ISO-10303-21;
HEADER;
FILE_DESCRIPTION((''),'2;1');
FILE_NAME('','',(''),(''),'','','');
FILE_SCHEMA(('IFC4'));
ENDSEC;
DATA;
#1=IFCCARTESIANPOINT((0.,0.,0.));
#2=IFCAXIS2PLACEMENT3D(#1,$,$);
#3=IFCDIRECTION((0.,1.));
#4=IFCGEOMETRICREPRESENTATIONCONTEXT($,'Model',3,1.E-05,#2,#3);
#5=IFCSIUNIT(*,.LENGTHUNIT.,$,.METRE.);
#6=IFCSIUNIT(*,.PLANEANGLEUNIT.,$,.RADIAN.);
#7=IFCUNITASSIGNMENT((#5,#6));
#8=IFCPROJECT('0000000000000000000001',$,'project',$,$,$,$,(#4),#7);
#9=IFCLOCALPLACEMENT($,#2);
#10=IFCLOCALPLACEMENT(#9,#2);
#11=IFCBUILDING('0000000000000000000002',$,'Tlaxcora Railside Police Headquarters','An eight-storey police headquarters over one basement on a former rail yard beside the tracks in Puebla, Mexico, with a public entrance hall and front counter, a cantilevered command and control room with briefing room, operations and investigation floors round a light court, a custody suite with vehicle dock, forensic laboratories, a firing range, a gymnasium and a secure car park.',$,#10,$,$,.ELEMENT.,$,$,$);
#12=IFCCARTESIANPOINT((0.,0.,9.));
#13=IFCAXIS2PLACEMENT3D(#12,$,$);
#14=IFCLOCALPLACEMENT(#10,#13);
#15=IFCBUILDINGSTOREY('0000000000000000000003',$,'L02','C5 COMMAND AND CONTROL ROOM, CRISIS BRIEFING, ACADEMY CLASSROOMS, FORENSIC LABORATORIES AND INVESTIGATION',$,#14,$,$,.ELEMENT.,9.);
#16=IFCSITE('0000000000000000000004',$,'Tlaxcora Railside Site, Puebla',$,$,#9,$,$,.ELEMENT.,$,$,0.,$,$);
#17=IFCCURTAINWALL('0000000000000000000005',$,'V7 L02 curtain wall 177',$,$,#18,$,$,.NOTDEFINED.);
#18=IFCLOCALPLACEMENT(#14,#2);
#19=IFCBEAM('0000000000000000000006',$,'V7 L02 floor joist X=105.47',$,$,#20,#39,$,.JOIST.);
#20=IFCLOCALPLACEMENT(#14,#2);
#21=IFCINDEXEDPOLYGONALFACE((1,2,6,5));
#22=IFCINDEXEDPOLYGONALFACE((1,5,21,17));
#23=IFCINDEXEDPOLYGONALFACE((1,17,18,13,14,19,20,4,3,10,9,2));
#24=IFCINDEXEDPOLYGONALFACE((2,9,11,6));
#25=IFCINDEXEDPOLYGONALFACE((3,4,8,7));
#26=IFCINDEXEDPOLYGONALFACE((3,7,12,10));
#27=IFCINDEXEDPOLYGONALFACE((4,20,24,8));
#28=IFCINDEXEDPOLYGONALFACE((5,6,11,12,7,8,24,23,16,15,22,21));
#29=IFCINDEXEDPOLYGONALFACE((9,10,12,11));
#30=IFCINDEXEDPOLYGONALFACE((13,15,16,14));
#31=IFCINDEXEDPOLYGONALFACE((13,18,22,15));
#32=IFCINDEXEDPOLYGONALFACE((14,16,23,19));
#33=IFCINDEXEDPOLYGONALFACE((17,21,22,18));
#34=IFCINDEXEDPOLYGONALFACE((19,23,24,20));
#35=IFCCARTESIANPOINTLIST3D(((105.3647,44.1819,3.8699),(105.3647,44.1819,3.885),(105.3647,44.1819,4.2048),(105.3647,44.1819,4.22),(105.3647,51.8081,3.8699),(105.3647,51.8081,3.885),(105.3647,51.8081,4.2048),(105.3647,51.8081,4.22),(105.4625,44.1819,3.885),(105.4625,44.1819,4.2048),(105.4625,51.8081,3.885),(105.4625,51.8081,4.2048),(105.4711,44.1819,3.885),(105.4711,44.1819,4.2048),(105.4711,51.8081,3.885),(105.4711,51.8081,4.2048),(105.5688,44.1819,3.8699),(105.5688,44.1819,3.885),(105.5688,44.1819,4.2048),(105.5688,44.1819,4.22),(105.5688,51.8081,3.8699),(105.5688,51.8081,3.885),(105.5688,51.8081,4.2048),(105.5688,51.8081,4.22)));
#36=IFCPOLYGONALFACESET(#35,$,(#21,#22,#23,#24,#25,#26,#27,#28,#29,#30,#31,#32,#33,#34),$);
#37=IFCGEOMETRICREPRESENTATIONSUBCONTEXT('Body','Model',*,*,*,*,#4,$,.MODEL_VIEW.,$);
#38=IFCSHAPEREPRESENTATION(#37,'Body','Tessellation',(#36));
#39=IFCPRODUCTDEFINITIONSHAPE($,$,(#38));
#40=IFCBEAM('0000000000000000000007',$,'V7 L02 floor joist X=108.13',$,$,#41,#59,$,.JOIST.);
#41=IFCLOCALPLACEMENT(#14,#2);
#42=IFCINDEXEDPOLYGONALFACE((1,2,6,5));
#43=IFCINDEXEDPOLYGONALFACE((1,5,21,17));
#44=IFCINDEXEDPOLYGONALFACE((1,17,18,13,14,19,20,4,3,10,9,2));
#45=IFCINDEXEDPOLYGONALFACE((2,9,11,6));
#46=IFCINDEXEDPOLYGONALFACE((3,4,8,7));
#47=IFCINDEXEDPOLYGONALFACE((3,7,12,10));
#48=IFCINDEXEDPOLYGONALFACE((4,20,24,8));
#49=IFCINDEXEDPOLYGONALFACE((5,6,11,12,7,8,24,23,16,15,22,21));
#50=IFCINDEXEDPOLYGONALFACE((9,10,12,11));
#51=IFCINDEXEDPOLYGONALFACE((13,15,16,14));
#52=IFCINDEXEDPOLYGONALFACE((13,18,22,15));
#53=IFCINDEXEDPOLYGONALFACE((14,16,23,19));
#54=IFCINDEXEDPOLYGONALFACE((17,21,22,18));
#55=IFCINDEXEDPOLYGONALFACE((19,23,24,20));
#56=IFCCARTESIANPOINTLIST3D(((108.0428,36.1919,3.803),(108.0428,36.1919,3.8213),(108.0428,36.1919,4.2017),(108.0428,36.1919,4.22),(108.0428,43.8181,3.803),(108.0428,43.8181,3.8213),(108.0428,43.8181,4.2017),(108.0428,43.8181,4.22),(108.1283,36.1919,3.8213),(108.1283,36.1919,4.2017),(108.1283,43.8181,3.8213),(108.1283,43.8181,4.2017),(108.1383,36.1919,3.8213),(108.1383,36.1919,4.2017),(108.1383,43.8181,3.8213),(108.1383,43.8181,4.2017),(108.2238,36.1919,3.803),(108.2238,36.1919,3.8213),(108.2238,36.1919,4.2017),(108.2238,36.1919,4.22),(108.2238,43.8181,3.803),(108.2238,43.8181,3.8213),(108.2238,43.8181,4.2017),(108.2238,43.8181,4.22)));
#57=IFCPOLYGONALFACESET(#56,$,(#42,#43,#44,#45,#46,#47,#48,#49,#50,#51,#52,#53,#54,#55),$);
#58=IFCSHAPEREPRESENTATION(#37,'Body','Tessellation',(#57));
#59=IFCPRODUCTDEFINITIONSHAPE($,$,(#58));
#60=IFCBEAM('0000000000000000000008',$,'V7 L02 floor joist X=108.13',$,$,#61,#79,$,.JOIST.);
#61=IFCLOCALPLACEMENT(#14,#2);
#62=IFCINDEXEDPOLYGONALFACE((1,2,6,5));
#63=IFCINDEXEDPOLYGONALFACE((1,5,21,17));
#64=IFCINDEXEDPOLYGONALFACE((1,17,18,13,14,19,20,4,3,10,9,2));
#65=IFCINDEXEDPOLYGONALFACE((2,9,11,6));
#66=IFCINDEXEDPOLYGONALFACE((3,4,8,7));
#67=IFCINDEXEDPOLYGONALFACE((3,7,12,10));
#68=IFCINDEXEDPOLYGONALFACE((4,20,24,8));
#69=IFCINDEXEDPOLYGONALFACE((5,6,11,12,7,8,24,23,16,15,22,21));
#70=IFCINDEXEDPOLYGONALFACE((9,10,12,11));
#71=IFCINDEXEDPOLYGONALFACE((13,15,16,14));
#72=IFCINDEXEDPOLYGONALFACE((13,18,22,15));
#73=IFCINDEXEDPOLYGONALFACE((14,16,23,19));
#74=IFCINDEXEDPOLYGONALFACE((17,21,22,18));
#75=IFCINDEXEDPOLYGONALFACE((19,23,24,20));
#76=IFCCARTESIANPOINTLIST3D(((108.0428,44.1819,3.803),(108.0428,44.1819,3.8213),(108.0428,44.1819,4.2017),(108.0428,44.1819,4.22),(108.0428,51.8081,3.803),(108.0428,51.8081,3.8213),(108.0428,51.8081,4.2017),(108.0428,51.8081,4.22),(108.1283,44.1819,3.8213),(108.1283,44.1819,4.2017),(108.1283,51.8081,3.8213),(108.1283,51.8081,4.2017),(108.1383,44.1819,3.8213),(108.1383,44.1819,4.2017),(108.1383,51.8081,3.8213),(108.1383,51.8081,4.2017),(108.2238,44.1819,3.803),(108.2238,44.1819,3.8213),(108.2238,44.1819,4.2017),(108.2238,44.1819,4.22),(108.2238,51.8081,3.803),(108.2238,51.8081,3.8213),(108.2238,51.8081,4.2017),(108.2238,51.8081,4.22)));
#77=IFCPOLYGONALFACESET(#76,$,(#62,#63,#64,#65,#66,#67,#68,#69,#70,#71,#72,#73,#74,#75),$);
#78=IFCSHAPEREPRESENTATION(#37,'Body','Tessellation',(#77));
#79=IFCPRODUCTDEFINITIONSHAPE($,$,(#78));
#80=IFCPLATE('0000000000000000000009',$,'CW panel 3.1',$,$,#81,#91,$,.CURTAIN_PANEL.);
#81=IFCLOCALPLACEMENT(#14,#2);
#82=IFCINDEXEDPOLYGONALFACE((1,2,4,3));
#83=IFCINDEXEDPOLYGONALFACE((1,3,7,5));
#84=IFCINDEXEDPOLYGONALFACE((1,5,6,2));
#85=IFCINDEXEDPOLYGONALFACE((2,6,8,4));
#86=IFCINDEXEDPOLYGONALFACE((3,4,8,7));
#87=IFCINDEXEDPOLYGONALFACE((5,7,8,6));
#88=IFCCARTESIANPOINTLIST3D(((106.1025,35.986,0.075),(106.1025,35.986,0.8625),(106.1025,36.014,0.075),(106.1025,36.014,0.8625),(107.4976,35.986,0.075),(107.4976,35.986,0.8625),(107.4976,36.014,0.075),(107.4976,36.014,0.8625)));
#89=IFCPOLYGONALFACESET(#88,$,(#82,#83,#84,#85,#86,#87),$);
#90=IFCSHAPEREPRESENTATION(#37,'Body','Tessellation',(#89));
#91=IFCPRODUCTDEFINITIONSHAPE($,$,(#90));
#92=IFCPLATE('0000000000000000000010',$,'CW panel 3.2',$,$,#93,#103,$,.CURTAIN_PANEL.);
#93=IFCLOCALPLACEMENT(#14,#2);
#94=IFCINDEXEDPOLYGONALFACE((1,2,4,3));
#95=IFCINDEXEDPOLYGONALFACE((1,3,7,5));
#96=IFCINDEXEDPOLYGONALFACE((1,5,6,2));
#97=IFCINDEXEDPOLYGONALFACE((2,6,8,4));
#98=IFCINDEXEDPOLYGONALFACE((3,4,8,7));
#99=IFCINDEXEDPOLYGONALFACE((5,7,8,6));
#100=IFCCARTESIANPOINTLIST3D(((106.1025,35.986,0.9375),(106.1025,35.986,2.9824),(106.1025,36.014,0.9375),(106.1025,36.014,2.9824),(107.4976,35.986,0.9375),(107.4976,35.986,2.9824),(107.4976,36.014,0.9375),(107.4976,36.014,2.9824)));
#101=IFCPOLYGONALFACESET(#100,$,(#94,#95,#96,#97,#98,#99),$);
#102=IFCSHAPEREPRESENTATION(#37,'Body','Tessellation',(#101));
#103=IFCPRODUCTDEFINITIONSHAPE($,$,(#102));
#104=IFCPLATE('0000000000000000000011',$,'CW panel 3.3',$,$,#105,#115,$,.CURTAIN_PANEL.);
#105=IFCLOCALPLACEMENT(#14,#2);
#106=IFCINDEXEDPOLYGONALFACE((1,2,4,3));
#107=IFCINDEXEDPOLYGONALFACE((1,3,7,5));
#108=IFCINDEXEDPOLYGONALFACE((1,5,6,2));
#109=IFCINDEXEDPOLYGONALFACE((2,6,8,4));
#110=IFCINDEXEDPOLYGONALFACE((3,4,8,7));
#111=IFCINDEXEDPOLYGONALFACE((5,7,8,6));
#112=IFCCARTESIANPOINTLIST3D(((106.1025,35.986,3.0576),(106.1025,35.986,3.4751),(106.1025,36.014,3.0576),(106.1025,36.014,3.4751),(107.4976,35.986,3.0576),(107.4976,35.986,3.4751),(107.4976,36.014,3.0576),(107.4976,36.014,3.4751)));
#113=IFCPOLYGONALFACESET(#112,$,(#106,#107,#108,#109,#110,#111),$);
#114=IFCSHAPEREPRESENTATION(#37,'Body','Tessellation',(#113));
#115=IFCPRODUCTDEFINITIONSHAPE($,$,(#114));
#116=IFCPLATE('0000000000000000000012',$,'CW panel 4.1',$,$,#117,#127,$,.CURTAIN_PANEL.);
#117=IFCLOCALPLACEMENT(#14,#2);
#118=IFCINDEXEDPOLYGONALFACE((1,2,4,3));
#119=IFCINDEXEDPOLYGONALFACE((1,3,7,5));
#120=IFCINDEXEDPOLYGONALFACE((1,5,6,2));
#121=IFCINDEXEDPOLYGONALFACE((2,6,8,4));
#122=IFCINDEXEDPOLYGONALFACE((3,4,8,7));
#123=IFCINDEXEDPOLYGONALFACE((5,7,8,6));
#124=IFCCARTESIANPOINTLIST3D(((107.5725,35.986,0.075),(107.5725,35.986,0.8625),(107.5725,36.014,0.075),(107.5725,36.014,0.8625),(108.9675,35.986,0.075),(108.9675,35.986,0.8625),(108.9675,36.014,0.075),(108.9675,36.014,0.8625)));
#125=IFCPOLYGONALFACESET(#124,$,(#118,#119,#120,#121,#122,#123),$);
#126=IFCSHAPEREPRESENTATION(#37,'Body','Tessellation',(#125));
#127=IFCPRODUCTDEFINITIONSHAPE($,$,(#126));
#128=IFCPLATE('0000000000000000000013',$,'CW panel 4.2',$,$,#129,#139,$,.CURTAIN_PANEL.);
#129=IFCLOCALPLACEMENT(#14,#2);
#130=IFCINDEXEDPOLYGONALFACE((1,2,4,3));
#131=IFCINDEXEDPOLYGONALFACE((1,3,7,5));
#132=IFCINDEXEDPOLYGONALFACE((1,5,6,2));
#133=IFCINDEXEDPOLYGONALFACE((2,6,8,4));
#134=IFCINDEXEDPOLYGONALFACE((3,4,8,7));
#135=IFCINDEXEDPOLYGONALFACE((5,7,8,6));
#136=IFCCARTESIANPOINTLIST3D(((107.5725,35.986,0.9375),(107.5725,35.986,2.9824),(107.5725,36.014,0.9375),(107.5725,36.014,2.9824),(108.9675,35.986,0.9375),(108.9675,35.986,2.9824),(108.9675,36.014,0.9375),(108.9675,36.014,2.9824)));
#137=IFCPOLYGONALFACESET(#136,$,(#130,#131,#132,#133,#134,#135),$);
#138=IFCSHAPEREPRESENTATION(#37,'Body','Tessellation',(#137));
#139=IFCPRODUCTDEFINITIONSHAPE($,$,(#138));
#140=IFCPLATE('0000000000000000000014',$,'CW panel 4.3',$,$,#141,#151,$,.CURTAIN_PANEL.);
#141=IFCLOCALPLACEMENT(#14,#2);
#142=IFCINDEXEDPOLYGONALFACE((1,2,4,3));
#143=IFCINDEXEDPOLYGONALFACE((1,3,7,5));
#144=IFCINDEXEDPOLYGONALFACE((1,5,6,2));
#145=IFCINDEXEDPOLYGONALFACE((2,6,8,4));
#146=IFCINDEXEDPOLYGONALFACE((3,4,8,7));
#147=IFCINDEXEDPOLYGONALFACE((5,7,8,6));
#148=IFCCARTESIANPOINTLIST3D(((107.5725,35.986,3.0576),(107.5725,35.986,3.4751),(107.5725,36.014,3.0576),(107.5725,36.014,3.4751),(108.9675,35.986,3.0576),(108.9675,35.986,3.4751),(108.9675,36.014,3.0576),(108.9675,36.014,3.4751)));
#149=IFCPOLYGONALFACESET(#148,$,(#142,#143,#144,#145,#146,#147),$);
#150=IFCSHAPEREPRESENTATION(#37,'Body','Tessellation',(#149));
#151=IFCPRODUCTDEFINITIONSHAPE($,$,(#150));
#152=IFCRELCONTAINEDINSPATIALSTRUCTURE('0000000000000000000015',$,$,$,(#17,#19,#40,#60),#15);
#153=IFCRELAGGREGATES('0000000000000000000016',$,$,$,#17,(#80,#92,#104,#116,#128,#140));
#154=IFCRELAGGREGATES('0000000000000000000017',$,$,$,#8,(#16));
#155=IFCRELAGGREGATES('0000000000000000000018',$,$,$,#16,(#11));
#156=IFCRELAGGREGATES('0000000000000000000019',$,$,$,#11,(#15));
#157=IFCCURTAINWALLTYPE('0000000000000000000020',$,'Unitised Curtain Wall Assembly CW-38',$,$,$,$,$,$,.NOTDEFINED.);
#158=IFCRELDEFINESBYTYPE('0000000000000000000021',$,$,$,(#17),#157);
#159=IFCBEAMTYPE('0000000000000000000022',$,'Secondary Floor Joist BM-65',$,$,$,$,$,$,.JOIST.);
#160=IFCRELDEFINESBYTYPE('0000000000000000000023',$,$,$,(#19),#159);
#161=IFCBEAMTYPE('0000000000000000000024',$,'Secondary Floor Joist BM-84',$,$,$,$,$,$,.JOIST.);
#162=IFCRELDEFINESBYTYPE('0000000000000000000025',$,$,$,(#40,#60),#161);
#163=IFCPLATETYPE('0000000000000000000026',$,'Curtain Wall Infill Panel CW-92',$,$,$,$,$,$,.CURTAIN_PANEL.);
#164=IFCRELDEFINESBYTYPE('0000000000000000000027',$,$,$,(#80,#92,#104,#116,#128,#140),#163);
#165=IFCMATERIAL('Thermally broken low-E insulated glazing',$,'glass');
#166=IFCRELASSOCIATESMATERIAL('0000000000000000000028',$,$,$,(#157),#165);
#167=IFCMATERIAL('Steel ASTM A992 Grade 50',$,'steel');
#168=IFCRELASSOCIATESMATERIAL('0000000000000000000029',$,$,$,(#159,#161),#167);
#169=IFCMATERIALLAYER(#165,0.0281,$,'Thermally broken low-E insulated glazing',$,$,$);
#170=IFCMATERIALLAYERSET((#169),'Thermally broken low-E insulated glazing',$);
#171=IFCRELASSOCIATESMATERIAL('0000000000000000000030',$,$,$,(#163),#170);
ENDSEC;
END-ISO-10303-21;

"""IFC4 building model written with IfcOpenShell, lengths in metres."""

from ifc_helpers import new_model, si_unit, direction, frame, origin, origin_2d, place, context, subcontext, project, spatial, rectangle, i_section, extrude, material, layer, layer_set, material_profile, profile_set, type_object, element, aggregate, save


model = new_model("IFC4")

# Units and contexts
model_context = context("Model", 3, precision=1e-05, world=origin(), true_north=direction((0.0, 1.0)))
body_context = subcontext(model_context, "Body", "Model", "MODEL_VIEW")
ifc_project = project(units=[si_unit("LENGTHUNIT", "METRE"), si_unit("PLANEANGLEUNIT", "RADIAN")], contexts=[model_context])

# Site, building, storey
site_placement = place(None, origin())
site = spatial("IfcSite", under=ifc_project, at=site_placement, Name="Tlaxcora Railside Site, Puebla", CompositionType="ELEMENT", RefElevation=0.0)
building_placement = place(site_placement, origin())
building = spatial("IfcBuilding", under=site, at=building_placement, Name="Tlaxcora Railside Police Headquarters", Description="An eight-storey police headquarters over one basement on a former rail yard beside the tracks in Puebla, Mexico, with a public entrance hall and front counter, a cantilevered command and control room with briefing room, operations and investigation floors round a light court, a custody suite with vehicle dock, forensic laboratories, a firing range, a gymnasium and a secure car park.", CompositionType="ELEMENT")
storey_placement = place(building_placement, frame((0.0, 0.0, 9.0)))
storey = spatial("IfcBuildingStorey", under=building, at=storey_placement, Name="L02", Description="C5 COMMAND AND CONTROL ROOM, CRISIS BRIEFING, ACADEMY CLASSROOMS, FORENSIC LABORATORIES AND INVESTIGATION", CompositionType="ELEMENT", Elevation=9.0)

# Curtain wall
ifc_material_1 = material(Name="Thermally broken low-E insulated glazing", Category="glass")
curtain_wall_type = type_object("IfcCurtainWallType", Name="Unitised Curtain Wall Assembly CW-38", PredefinedType="NOTDEFINED", material=ifc_material_1)
curtain_wall_placement = place(storey_placement, origin())
curtain_wall = element("IfcCurtainWall", 1, at=curtain_wall_placement, inside=storey, type_object=curtain_wall_type, Name="V7 L02 curtain wall 177", PredefinedType="NOTDEFINED")

# Beams
ifc_material_2 = material(Name="Steel ASTM A992 Grade 50", Category="steel")
ifc_material_profile_1 = material_profile(ifc_material_2, i_section(OverallWidth=0.2041, OverallDepth=0.3501, WebThickness=0.0085, FlangeThickness=0.0151, at=origin_2d()), Name="W14X48")
ifc_profile_set_1 = profile_set([ifc_material_profile_1], Name="Steel ASTM A992 Grade 50")
beam_type_1 = type_object("IfcBeamType", Name="Secondary Floor Joist BM-65", PredefinedType="JOIST", material=ifc_profile_set_1)
for number, where, z_axis, x_axis, name in (
    (2, (105.4668, 44.1819, 4.0449), (0.0, 1.0, 0.0), (-1.0, 0.0, 0.0), "V7 L02 floor joist X=105.47"),
):
    element("IfcBeam", number, at=place(storey_placement, frame(where, z_axis=z_axis, x_axis=x_axis)), inside=storey, type_object=beam_type_1, Name=name, PredefinedType="JOIST", context=body_context, shape_type="SweptSolid", body=[
        extrude(i_section(OverallWidth=0.2041, OverallDepth=0.3501, WebThickness=0.0085, FlangeThickness=0.0151, at=origin_2d()), origin(), (0.0, 0.0, 1.0), 7.6262),
    ])
ifc_material_profile_2 = material_profile(ifc_material_2, i_section(OverallWidth=0.1809, OverallDepth=0.417, WebThickness=0.01, FlangeThickness=0.0183, at=origin_2d()), Name="W16X57")
ifc_profile_set_2 = profile_set([ifc_material_profile_2], Name="Steel ASTM A992 Grade 50")
beam_type_2 = type_object("IfcBeamType", Name="Secondary Floor Joist BM-84", PredefinedType="JOIST", material=ifc_profile_set_2)
for number, where, z_axis, x_axis, name in (
    (3, (108.1333, 36.1919, 4.0115), (0.0, 1.0, 0.0), (-1.0, 0.0, 0.0), "V7 L02 floor joist X=108.13"),
    (4, (108.1333, 44.1819, 4.0115), (0.0, 1.0, 0.0), (-1.0, 0.0, 0.0), "V7 L02 floor joist X=108.13"),
):
    element("IfcBeam", number, at=place(storey_placement, frame(where, z_axis=z_axis, x_axis=x_axis)), inside=storey, type_object=beam_type_2, Name=name, PredefinedType="JOIST", context=body_context, shape_type="SweptSolid", body=[
        extrude(i_section(OverallWidth=0.1809, OverallDepth=0.417, WebThickness=0.01, FlangeThickness=0.0183, at=origin_2d()), origin(), (0.0, 0.0, 1.0), 7.6262),
    ])

# Plates
ifc_layer = layer(ifc_material_1, 0.0281, Name="Thermally broken low-E insulated glazing")
ifc_layer_set = layer_set([ifc_layer], Name="Thermally broken low-E insulated glazing")
plate_type = type_object("IfcPlateType", Name="Curtain Wall Infill Panel CW-92", PredefinedType="CURTAIN_PANEL", material=ifc_layer_set)
plate_1_placement = place(storey_placement, frame((106.8, 36.0, 0.075), z_axis=(0.0, 0.0, 1.0), x_axis=(1.0, 0.0, 0.0)))
plate_1 = element("IfcPlate", 5, at=plate_1_placement, type_object=plate_type, Name="CW panel 3.1", PredefinedType="CURTAIN_PANEL", context=body_context, shape_type="SweptSolid", body=[
    extrude(rectangle(XDim=1.395, YDim=0.0281, at=origin_2d()), origin(), (0.0, 0.0, 1.0), 0.7876),
])
plate_2_placement = place(storey_placement, frame((106.8, 36.0, 0.9375), z_axis=(0.0, 0.0, 1.0), x_axis=(1.0, 0.0, 0.0)))
plate_2 = element("IfcPlate", 6, at=plate_2_placement, type_object=plate_type, Name="CW panel 3.2", PredefinedType="CURTAIN_PANEL", context=body_context, shape_type="SweptSolid", body=[
    extrude(rectangle(XDim=1.395, YDim=0.0281, at=origin_2d()), origin(), (0.0, 0.0, 1.0), 2.0449),
])
plate_3_placement = place(storey_placement, frame((106.8, 36.0, 3.0576), z_axis=(0.0, 0.0, 1.0), x_axis=(1.0, 0.0, 0.0)))
plate_3 = element("IfcPlate", 7, at=plate_3_placement, type_object=plate_type, Name="CW panel 3.3", PredefinedType="CURTAIN_PANEL", context=body_context, shape_type="SweptSolid", body=[
    extrude(rectangle(XDim=1.395, YDim=0.0281, at=origin_2d()), origin(), (0.0, 0.0, 1.0), 0.4175),
])
plate_4_placement = place(storey_placement, frame((108.27, 36.0, 0.075), z_axis=(0.0, 0.0, 1.0), x_axis=(1.0, 0.0, 0.0)))
plate_4 = element("IfcPlate", 8, at=plate_4_placement, type_object=plate_type, Name="CW panel 4.1", PredefinedType="CURTAIN_PANEL", context=body_context, shape_type="SweptSolid", body=[
    extrude(rectangle(XDim=1.395, YDim=0.0281, at=origin_2d()), origin(), (0.0, 0.0, 1.0), 0.7876),
])
plate_5_placement = place(storey_placement, frame((108.27, 36.0, 0.9375), z_axis=(0.0, 0.0, 1.0), x_axis=(1.0, 0.0, 0.0)))
plate_5 = element("IfcPlate", 9, at=plate_5_placement, type_object=plate_type, Name="CW panel 4.2", PredefinedType="CURTAIN_PANEL", context=body_context, shape_type="SweptSolid", body=[
    extrude(rectangle(XDim=1.395, YDim=0.0281, at=origin_2d()), origin(), (0.0, 0.0, 1.0), 2.0449),
])
plate_6_placement = place(storey_placement, frame((108.27, 36.0, 3.0576), z_axis=(0.0, 0.0, 1.0), x_axis=(1.0, 0.0, 0.0)))
plate_6 = element("IfcPlate", 10, at=plate_6_placement, type_object=plate_type, Name="CW panel 4.3", PredefinedType="CURTAIN_PANEL", context=body_context, shape_type="SweptSolid", body=[
    extrude(rectangle(XDim=1.395, YDim=0.0281, at=origin_2d()), origin(), (0.0, 0.0, 1.0), 0.4175),
])
aggregate(curtain_wall, [plate_1, plate_2, plate_3, plate_4, plate_5, plate_6])

save(model, "model.ifc")
